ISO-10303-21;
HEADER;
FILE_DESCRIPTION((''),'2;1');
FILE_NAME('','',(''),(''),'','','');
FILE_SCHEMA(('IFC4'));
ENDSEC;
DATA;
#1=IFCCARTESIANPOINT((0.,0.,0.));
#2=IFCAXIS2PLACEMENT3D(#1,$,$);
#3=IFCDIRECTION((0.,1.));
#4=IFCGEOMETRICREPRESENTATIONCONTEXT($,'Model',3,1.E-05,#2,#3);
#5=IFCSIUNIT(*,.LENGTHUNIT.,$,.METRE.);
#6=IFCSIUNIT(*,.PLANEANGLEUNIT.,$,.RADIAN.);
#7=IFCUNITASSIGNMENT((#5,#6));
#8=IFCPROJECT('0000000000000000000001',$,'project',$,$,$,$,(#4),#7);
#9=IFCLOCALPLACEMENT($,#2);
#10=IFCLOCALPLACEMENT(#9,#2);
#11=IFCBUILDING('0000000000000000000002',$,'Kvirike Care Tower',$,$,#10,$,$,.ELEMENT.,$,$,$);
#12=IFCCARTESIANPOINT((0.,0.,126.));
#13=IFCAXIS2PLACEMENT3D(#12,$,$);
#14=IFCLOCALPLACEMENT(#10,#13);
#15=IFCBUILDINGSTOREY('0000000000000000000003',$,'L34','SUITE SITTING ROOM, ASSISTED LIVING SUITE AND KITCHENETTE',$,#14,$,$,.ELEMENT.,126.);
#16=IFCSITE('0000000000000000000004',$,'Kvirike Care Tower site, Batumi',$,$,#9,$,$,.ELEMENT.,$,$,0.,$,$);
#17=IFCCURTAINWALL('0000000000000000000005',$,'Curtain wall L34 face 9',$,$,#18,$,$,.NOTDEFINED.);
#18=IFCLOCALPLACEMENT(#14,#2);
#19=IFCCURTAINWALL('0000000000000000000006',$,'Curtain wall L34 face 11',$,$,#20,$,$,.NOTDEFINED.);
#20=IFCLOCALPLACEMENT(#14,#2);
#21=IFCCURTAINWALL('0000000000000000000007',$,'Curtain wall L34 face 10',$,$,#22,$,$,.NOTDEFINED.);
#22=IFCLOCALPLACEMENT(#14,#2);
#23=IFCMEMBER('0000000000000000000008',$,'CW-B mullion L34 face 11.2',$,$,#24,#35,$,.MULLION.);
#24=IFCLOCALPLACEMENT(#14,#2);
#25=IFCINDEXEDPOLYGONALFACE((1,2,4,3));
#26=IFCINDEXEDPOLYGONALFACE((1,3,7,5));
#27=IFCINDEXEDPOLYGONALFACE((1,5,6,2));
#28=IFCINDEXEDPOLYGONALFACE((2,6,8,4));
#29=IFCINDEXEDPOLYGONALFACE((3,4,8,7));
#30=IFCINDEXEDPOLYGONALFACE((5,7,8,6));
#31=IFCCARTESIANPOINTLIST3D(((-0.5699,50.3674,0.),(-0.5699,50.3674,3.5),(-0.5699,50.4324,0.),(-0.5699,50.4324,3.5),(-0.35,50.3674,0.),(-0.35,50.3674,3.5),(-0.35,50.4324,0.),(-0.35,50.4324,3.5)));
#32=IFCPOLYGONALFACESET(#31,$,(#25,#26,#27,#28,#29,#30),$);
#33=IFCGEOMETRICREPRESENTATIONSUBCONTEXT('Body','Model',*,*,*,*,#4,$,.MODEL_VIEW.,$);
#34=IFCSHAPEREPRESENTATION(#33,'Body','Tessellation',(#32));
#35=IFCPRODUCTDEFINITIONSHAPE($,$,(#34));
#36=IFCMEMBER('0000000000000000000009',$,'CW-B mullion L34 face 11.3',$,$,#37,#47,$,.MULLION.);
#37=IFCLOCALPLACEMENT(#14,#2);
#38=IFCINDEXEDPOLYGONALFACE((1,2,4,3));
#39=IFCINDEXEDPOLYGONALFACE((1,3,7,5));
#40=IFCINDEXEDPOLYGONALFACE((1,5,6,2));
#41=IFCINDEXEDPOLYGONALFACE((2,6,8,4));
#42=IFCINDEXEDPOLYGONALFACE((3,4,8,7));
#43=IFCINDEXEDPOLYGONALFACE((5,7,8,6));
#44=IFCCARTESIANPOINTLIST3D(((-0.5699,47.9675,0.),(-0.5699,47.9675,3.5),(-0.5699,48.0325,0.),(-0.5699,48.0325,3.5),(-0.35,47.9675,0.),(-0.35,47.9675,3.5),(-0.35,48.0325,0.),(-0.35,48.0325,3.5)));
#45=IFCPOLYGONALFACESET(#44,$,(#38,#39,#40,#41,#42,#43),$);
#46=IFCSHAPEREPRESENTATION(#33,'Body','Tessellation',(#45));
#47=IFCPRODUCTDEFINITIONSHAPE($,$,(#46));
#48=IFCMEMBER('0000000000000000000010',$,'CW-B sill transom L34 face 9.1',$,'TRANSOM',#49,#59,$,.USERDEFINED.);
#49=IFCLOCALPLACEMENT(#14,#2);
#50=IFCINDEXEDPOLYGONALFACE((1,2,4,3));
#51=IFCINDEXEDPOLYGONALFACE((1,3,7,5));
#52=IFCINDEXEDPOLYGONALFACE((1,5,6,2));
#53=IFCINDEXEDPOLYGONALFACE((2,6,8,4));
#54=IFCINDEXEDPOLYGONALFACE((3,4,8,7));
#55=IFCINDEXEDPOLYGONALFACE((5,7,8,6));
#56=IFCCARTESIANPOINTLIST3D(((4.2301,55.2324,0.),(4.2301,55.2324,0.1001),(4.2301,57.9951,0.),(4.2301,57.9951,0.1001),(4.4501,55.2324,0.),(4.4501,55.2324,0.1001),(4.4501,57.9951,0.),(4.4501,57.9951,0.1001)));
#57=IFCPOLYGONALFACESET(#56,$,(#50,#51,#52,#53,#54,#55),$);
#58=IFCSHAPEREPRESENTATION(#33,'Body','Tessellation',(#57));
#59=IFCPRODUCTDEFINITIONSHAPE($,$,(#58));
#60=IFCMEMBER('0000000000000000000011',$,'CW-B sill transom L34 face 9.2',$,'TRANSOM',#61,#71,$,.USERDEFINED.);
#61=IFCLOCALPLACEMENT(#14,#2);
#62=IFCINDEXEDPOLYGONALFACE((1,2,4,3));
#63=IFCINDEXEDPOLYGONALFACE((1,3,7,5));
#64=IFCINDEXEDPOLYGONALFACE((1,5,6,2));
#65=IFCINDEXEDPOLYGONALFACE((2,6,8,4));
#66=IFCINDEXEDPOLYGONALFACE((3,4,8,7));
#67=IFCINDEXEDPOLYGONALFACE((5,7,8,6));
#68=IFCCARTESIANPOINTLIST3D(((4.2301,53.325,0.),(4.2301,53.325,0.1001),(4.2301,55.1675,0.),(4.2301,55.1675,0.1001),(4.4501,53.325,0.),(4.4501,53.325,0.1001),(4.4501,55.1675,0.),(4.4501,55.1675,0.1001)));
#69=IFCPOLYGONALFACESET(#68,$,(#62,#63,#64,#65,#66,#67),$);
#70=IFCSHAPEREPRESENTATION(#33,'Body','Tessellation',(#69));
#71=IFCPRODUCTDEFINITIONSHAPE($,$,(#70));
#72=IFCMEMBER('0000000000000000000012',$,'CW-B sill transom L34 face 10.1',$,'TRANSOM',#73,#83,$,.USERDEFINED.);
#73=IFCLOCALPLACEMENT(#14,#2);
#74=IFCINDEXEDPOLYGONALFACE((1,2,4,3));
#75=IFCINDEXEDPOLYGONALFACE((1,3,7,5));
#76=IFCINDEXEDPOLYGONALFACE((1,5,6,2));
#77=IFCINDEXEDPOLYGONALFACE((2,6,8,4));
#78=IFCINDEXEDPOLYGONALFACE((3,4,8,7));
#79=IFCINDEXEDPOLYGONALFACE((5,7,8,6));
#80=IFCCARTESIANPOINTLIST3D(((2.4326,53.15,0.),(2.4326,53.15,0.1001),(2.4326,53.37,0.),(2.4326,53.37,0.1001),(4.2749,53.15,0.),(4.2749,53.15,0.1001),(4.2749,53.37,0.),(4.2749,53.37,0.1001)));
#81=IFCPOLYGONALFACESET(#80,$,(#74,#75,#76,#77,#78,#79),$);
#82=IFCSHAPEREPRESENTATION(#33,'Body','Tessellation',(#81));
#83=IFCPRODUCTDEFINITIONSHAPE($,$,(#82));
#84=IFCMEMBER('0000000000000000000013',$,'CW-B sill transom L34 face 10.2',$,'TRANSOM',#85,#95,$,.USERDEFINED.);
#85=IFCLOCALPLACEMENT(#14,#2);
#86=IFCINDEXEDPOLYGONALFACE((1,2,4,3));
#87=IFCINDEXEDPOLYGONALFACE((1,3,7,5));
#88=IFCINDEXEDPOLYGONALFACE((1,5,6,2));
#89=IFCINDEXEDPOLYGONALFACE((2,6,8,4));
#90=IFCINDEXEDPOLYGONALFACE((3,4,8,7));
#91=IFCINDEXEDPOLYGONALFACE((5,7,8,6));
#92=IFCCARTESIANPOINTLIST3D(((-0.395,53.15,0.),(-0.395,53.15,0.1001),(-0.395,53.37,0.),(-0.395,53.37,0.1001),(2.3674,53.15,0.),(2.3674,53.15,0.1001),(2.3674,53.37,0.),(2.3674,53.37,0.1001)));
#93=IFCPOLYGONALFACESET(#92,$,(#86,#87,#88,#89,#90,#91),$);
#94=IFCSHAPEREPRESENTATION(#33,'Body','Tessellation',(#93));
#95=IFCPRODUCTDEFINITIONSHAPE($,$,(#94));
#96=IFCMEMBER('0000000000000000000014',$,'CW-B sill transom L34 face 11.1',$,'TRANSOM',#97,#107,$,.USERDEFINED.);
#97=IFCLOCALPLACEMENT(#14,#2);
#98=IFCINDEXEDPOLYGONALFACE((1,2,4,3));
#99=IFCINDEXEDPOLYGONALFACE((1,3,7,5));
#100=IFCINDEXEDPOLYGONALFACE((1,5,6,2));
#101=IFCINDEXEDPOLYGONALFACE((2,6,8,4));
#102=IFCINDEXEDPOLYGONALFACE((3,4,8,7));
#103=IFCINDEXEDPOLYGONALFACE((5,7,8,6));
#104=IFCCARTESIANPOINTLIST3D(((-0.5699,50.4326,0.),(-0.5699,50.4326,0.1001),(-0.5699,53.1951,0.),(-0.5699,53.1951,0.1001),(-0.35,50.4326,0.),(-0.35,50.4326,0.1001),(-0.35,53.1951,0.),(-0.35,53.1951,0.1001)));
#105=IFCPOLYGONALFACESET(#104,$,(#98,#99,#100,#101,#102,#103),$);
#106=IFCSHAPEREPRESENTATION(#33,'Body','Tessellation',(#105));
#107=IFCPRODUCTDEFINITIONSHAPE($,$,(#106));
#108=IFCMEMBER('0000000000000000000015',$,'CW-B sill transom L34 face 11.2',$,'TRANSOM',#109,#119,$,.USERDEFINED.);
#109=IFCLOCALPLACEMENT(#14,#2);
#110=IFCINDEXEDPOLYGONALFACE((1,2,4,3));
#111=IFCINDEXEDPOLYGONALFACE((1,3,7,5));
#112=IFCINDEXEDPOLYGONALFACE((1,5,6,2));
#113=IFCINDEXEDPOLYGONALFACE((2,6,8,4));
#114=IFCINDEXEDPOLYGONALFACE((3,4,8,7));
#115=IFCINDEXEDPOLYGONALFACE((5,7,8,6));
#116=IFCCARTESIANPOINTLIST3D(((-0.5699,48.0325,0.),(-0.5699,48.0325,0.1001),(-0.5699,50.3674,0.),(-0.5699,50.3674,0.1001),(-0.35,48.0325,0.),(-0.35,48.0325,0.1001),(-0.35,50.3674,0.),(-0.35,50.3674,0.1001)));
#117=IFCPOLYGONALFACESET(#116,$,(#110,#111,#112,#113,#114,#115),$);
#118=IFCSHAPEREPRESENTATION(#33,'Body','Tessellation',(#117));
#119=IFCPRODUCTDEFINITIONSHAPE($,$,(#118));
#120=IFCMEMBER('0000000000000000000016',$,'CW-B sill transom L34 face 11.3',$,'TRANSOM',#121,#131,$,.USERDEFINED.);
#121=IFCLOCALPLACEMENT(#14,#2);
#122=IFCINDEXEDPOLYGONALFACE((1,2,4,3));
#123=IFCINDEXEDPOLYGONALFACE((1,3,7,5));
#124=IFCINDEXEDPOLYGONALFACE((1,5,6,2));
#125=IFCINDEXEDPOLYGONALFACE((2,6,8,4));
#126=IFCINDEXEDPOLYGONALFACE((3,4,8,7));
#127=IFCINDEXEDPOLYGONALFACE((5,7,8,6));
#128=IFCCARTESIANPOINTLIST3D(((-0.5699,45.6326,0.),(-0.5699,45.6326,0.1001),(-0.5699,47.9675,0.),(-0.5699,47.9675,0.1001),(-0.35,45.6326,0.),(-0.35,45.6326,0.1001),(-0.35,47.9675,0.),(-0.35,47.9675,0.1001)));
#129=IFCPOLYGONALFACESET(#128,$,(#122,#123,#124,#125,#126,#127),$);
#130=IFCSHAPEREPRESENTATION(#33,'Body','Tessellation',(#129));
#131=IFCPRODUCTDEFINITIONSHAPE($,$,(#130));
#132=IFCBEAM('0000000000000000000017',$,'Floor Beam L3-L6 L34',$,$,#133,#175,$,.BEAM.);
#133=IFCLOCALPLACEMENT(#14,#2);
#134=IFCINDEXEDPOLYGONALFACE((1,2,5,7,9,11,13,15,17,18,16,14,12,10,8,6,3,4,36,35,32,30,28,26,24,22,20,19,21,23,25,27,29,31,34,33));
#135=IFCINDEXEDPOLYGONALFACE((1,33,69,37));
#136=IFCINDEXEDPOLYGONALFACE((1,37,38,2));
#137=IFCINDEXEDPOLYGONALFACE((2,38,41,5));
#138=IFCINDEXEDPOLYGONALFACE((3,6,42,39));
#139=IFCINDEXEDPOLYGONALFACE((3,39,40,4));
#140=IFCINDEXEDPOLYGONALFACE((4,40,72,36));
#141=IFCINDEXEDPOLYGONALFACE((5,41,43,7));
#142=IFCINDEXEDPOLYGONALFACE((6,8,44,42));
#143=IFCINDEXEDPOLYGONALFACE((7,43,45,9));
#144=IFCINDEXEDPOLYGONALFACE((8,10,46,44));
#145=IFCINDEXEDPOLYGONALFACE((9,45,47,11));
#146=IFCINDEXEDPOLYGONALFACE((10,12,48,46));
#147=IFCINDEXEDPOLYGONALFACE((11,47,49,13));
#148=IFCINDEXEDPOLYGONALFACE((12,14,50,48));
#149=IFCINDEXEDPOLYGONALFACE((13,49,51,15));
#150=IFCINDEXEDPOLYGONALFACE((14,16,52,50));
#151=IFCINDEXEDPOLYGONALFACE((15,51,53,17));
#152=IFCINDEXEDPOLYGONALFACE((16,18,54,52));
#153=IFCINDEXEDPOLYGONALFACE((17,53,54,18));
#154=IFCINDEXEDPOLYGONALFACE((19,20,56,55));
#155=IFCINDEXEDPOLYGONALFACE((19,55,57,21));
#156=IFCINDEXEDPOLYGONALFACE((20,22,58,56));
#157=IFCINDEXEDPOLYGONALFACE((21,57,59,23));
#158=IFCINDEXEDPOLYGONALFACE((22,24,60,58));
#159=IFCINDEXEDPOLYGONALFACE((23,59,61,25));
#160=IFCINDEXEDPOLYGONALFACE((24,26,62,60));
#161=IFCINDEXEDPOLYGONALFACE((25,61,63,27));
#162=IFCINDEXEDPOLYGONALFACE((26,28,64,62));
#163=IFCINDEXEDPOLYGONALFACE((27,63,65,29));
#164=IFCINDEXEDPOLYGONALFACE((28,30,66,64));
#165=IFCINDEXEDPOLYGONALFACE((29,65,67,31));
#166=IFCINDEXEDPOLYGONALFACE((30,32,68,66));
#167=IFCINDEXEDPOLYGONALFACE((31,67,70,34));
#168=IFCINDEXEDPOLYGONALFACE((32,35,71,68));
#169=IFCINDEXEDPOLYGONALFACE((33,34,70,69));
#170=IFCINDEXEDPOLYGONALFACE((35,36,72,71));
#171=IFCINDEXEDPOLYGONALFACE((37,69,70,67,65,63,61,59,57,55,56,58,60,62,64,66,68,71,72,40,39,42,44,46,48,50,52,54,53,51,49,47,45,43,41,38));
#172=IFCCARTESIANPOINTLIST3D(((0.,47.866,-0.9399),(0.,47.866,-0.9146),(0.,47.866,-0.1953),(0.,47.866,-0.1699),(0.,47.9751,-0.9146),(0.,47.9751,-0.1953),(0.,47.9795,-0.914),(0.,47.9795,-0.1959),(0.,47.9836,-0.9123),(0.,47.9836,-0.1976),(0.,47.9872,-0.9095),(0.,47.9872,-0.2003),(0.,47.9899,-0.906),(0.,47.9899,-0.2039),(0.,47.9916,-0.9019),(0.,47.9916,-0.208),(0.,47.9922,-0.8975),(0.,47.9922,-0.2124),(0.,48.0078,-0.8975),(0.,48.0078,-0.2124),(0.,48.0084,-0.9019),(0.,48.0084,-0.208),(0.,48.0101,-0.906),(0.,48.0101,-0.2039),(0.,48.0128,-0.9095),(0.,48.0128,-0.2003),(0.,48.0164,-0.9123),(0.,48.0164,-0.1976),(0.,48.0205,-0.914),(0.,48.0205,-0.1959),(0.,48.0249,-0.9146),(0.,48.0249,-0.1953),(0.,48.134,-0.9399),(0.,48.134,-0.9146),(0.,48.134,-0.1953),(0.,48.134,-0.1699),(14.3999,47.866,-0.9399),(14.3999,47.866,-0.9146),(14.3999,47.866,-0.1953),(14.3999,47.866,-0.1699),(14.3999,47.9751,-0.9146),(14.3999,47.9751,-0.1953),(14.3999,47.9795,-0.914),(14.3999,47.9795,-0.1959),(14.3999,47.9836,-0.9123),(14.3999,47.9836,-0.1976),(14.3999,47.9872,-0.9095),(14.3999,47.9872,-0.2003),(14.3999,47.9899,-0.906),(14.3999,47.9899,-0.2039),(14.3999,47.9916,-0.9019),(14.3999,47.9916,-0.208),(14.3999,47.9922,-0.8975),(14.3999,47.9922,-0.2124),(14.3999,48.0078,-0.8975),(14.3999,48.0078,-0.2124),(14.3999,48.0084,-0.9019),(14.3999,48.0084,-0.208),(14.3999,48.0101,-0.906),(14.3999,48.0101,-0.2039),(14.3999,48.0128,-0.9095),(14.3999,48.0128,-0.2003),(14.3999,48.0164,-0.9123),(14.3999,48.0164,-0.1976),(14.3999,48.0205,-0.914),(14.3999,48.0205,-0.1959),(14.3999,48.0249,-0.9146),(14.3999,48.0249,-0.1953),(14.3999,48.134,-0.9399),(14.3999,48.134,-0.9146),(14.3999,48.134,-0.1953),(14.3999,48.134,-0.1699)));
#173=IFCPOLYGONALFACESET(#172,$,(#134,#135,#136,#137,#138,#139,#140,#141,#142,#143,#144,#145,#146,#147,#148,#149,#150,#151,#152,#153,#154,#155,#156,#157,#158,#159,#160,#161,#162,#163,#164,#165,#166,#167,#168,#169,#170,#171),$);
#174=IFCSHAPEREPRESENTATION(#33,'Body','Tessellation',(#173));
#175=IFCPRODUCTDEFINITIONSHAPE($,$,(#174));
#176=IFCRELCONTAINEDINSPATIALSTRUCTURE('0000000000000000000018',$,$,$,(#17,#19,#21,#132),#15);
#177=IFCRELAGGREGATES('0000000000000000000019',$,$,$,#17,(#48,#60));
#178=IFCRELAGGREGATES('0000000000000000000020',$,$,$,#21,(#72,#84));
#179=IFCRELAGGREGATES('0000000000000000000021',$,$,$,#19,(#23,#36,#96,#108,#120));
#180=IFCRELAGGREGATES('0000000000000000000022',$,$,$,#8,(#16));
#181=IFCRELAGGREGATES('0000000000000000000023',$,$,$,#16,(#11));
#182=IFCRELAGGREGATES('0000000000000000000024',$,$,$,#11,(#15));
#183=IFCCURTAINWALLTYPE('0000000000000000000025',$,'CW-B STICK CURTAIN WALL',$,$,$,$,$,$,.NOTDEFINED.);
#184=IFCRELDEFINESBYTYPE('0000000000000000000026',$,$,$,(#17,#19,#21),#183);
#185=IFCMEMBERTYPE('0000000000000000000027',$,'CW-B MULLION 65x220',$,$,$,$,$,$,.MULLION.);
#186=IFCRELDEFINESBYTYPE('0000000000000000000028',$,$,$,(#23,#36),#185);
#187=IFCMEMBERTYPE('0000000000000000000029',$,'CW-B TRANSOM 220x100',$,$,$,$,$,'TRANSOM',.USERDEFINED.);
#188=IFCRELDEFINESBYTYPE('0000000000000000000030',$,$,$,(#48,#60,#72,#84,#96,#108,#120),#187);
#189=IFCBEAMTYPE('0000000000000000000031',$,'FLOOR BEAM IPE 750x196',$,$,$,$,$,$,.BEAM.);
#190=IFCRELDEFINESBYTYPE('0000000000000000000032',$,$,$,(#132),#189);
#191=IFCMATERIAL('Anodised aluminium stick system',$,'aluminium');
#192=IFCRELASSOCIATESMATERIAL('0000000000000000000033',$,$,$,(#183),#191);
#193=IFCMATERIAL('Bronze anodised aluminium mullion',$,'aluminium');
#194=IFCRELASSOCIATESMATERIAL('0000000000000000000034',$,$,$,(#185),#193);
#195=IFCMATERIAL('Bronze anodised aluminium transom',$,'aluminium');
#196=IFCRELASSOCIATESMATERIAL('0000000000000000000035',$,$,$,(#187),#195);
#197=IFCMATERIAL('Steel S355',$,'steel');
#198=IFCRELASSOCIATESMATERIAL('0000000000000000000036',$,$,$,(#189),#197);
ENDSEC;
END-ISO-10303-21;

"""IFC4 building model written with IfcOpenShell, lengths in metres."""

from ifc_helpers import new_model, si_unit, direction, frame, origin, origin_2d, place, context, subcontext, project, spatial, rectangle, i_section, extrude, material, material_profile, profile_set, type_object, element, aggregate, save


model = new_model("IFC4")

# Units and contexts
model_context = context("Model", 3, precision=1e-05, world=origin(), true_north=direction((0.0, 1.0)))
body_context = subcontext(model_context, "Body", "Model", "MODEL_VIEW")
ifc_project = project(units=[si_unit("LENGTHUNIT", "METRE"), si_unit("PLANEANGLEUNIT", "RADIAN")], contexts=[model_context])

# Site, building, storey
site_placement = place(None, origin())
site = spatial("IfcSite", under=ifc_project, at=site_placement, Name="Kvirike Care Tower site, Batumi", CompositionType="ELEMENT", RefElevation=0.0)
building_placement = place(site_placement, origin())
building = spatial("IfcBuilding", under=site, at=building_placement, Name="Kvirike Care Tower", CompositionType="ELEMENT")
storey_placement = place(building_placement, frame((0.0, 0.0, 126.0)))
storey = spatial("IfcBuildingStorey", under=building, at=storey_placement, Name="L34", Description="SUITE SITTING ROOM, ASSISTED LIVING SUITE AND KITCHENETTE", CompositionType="ELEMENT", Elevation=126.0)

# Curtain walls
ifc_material_1 = material(Name="Anodised aluminium stick system", Category="aluminium")
curtain_wall_type = type_object("IfcCurtainWallType", Name="CW-B STICK CURTAIN WALL", PredefinedType="NOTDEFINED", material=ifc_material_1)
curtain_wall_1_placement = place(storey_placement, origin())
curtain_wall_1 = element("IfcCurtainWall", 1, at=curtain_wall_1_placement, inside=storey, type_object=curtain_wall_type, Name="Curtain wall L34 face 9", PredefinedType="NOTDEFINED")
curtain_wall_2_placement = place(storey_placement, origin())
curtain_wall_2 = element("IfcCurtainWall", 2, at=curtain_wall_2_placement, inside=storey, type_object=curtain_wall_type, Name="Curtain wall L34 face 11", PredefinedType="NOTDEFINED")
ifc_material_2 = material(Name="Bronze anodised aluminium mullion", Category="aluminium")
ifc_material_profile_1 = material_profile(ifc_material_2, rectangle(XDim=0.0649, YDim=0.22, at=origin_2d()), Name="CW-B MULLION 65x220")
ifc_profile_set_1 = profile_set([ifc_material_profile_1], Name="Bronze anodised aluminium mullion")
member_type_1 = type_object("IfcMemberType", Name="CW-B MULLION 65x220", PredefinedType="MULLION", material=ifc_profile_set_1)

# Curtain wall
curtain_wall_3_placement = place(storey_placement, origin())
curtain_wall_3 = element("IfcCurtainWall", 3, at=curtain_wall_3_placement, inside=storey, type_object=curtain_wall_type, Name="Curtain wall L34 face 10", PredefinedType="NOTDEFINED")

# Members
member_1_placement = place(storey_placement, frame((-0.46, 50.3999, 0.0), z_axis=(0.0, 0.0, 1.0), x_axis=(0.0, -1.0, 0.0)))
member_1 = element("IfcMember", 4, at=member_1_placement, type_object=member_type_1, Name="CW-B mullion L34 face 11.2", PredefinedType="MULLION", context=body_context, shape_type="SweptSolid", body=[
    extrude(rectangle(XDim=0.0649, YDim=0.22, at=origin_2d()), origin(), (0.0, 0.0, 1.0), 3.5),
])
member_2_placement = place(storey_placement, frame((-0.46, 48.0, 0.0), z_axis=(0.0, 0.0, 1.0), x_axis=(0.0, -1.0, 0.0)))
member_2 = element("IfcMember", 5, at=member_2_placement, type_object=member_type_1, Name="CW-B mullion L34 face 11.3", PredefinedType="MULLION", context=body_context, shape_type="SweptSolid", body=[
    extrude(rectangle(XDim=0.0649, YDim=0.22, at=origin_2d()), origin(), (0.0, 0.0, 1.0), 3.5),
])
ifc_material_3 = material(Name="Bronze anodised aluminium transom", Category="aluminium")
ifc_material_profile_2 = material_profile(ifc_material_3, rectangle(XDim=0.22, YDim=0.1001, at=origin_2d()), Name="CW-B TRANSOM 220x100")
ifc_profile_set_2 = profile_set([ifc_material_profile_2], Name="Bronze anodised aluminium transom")
member_type_2 = type_object("IfcMemberType", Name="CW-B TRANSOM 220x100", ElementType="TRANSOM", PredefinedType="USERDEFINED", material=ifc_profile_set_2)
member_3_placement = place(storey_placement, frame((4.3401, 57.9951, 0.05), z_axis=(0.0, -1.0, 0.0), x_axis=(1.0, 0.0, 0.0)))
member_3 = element("IfcMember", 6, at=member_3_placement, type_object=member_type_2, Name="CW-B sill transom L34 face 9.1", ObjectType="TRANSOM", PredefinedType="USERDEFINED", context=body_context, shape_type="SweptSolid", body=[
    extrude(rectangle(XDim=0.22, YDim=0.1001, at=origin_2d()), origin(), (0.0, 0.0, 1.0), 2.7627),
])
member_4_placement = place(storey_placement, frame((4.3401, 55.1675, 0.05), z_axis=(0.0, -1.0, 0.0), x_axis=(1.0, 0.0, 0.0)))
member_4 = element("IfcMember", 7, at=member_4_placement, type_object=member_type_2, Name="CW-B sill transom L34 face 9.2", ObjectType="TRANSOM", PredefinedType="USERDEFINED", context=body_context, shape_type="SweptSolid", body=[
    extrude(rectangle(XDim=0.22, YDim=0.1001, at=origin_2d()), origin(), (0.0, 0.0, 1.0), 1.8425),
])
member_5_placement = place(storey_placement, frame((4.2749, 53.26, 0.05), z_axis=(-1.0, 0.0, 0.0), x_axis=(0.0, -1.0, 0.0)))
member_5 = element("IfcMember", 8, at=member_5_placement, type_object=member_type_2, Name="CW-B sill transom L34 face 10.1", ObjectType="TRANSOM", PredefinedType="USERDEFINED", context=body_context, shape_type="SweptSolid", body=[
    extrude(rectangle(XDim=0.22, YDim=0.1001, at=origin_2d()), origin(), (0.0, 0.0, 1.0), 1.8423),
])
member_6_placement = place(storey_placement, frame((2.3674, 53.26, 0.05), z_axis=(-1.0, 0.0, 0.0), x_axis=(0.0, -1.0, 0.0)))
member_6 = element("IfcMember", 9, at=member_6_placement, type_object=member_type_2, Name="CW-B sill transom L34 face 10.2", ObjectType="TRANSOM", PredefinedType="USERDEFINED", context=body_context, shape_type="SweptSolid", body=[
    extrude(rectangle(XDim=0.22, YDim=0.1001, at=origin_2d()), origin(), (0.0, 0.0, 1.0), 2.7625),
])
member_7_placement = place(storey_placement, frame((-0.46, 53.1951, 0.05), z_axis=(0.0, -1.0, 0.0), x_axis=(1.0, 0.0, 0.0)))
member_7 = element("IfcMember", 10, at=member_7_placement, type_object=member_type_2, Name="CW-B sill transom L34 face 11.1", ObjectType="TRANSOM", PredefinedType="USERDEFINED", context=body_context, shape_type="SweptSolid", body=[
    extrude(rectangle(XDim=0.22, YDim=0.1001, at=origin_2d()), origin(), (0.0, 0.0, 1.0), 2.7625),
])
member_8_placement = place(storey_placement, frame((-0.46, 50.3674, 0.05), z_axis=(0.0, -1.0, 0.0), x_axis=(1.0, 0.0, 0.0)))
member_8 = element("IfcMember", 11, at=member_8_placement, type_object=member_type_2, Name="CW-B sill transom L34 face 11.2", ObjectType="TRANSOM", PredefinedType="USERDEFINED", context=body_context, shape_type="SweptSolid", body=[
    extrude(rectangle(XDim=0.22, YDim=0.1001, at=origin_2d()), origin(), (0.0, 0.0, 1.0), 2.335),
])
member_9_placement = place(storey_placement, frame((-0.46, 47.9675, 0.05), z_axis=(0.0, -1.0, 0.0), x_axis=(1.0, 0.0, 0.0)))
member_9 = element("IfcMember", 12, at=member_9_placement, type_object=member_type_2, Name="CW-B sill transom L34 face 11.3", ObjectType="TRANSOM", PredefinedType="USERDEFINED", context=body_context, shape_type="SweptSolid", body=[
    extrude(rectangle(XDim=0.22, YDim=0.1001, at=origin_2d()), origin(), (0.0, 0.0, 1.0), 2.335),
])

# Beam
ifc_material_4 = material(Name="Steel S355", Category="steel")
ifc_material_profile_3 = material_profile(ifc_material_4, i_section(OverallWidth=0.2681, OverallDepth=0.77, WebThickness=0.0156, FlangeThickness=0.0254, FilletRadius=0.0171, at=origin_2d()), Name="IPE 750x196")
ifc_profile_set_3 = profile_set([ifc_material_profile_3], Name="Steel S355")
beam_type_1 = type_object("IfcBeamType", Name="FLOOR BEAM IPE 750x196", PredefinedType="BEAM", material=ifc_profile_set_3)
beam_1_placement = place(storey_placement, frame((0.0, 48.0, -0.5549), z_axis=(1.0, 0.0, 0.0), x_axis=(0.0, 1.0, 0.0)))
element("IfcBeam", 13, at=beam_1_placement, inside=storey, type_object=beam_type_1, Name="Floor Beam L3-L6 L34", PredefinedType="BEAM", context=body_context, shape_type="SweptSolid", body=[
    extrude(i_section(OverallWidth=0.2681, OverallDepth=0.77, WebThickness=0.0156, FlangeThickness=0.0254, FilletRadius=0.0171, at=origin_2d()), origin(), (0.0, 0.0, 1.0), 14.3999),
])

aggregate(curtain_wall_1, [member_3, member_4])
aggregate(curtain_wall_3, [member_5, member_6])
aggregate(curtain_wall_2, [member_1, member_2, member_7, member_8, member_9])

save(model, "model.ifc")
